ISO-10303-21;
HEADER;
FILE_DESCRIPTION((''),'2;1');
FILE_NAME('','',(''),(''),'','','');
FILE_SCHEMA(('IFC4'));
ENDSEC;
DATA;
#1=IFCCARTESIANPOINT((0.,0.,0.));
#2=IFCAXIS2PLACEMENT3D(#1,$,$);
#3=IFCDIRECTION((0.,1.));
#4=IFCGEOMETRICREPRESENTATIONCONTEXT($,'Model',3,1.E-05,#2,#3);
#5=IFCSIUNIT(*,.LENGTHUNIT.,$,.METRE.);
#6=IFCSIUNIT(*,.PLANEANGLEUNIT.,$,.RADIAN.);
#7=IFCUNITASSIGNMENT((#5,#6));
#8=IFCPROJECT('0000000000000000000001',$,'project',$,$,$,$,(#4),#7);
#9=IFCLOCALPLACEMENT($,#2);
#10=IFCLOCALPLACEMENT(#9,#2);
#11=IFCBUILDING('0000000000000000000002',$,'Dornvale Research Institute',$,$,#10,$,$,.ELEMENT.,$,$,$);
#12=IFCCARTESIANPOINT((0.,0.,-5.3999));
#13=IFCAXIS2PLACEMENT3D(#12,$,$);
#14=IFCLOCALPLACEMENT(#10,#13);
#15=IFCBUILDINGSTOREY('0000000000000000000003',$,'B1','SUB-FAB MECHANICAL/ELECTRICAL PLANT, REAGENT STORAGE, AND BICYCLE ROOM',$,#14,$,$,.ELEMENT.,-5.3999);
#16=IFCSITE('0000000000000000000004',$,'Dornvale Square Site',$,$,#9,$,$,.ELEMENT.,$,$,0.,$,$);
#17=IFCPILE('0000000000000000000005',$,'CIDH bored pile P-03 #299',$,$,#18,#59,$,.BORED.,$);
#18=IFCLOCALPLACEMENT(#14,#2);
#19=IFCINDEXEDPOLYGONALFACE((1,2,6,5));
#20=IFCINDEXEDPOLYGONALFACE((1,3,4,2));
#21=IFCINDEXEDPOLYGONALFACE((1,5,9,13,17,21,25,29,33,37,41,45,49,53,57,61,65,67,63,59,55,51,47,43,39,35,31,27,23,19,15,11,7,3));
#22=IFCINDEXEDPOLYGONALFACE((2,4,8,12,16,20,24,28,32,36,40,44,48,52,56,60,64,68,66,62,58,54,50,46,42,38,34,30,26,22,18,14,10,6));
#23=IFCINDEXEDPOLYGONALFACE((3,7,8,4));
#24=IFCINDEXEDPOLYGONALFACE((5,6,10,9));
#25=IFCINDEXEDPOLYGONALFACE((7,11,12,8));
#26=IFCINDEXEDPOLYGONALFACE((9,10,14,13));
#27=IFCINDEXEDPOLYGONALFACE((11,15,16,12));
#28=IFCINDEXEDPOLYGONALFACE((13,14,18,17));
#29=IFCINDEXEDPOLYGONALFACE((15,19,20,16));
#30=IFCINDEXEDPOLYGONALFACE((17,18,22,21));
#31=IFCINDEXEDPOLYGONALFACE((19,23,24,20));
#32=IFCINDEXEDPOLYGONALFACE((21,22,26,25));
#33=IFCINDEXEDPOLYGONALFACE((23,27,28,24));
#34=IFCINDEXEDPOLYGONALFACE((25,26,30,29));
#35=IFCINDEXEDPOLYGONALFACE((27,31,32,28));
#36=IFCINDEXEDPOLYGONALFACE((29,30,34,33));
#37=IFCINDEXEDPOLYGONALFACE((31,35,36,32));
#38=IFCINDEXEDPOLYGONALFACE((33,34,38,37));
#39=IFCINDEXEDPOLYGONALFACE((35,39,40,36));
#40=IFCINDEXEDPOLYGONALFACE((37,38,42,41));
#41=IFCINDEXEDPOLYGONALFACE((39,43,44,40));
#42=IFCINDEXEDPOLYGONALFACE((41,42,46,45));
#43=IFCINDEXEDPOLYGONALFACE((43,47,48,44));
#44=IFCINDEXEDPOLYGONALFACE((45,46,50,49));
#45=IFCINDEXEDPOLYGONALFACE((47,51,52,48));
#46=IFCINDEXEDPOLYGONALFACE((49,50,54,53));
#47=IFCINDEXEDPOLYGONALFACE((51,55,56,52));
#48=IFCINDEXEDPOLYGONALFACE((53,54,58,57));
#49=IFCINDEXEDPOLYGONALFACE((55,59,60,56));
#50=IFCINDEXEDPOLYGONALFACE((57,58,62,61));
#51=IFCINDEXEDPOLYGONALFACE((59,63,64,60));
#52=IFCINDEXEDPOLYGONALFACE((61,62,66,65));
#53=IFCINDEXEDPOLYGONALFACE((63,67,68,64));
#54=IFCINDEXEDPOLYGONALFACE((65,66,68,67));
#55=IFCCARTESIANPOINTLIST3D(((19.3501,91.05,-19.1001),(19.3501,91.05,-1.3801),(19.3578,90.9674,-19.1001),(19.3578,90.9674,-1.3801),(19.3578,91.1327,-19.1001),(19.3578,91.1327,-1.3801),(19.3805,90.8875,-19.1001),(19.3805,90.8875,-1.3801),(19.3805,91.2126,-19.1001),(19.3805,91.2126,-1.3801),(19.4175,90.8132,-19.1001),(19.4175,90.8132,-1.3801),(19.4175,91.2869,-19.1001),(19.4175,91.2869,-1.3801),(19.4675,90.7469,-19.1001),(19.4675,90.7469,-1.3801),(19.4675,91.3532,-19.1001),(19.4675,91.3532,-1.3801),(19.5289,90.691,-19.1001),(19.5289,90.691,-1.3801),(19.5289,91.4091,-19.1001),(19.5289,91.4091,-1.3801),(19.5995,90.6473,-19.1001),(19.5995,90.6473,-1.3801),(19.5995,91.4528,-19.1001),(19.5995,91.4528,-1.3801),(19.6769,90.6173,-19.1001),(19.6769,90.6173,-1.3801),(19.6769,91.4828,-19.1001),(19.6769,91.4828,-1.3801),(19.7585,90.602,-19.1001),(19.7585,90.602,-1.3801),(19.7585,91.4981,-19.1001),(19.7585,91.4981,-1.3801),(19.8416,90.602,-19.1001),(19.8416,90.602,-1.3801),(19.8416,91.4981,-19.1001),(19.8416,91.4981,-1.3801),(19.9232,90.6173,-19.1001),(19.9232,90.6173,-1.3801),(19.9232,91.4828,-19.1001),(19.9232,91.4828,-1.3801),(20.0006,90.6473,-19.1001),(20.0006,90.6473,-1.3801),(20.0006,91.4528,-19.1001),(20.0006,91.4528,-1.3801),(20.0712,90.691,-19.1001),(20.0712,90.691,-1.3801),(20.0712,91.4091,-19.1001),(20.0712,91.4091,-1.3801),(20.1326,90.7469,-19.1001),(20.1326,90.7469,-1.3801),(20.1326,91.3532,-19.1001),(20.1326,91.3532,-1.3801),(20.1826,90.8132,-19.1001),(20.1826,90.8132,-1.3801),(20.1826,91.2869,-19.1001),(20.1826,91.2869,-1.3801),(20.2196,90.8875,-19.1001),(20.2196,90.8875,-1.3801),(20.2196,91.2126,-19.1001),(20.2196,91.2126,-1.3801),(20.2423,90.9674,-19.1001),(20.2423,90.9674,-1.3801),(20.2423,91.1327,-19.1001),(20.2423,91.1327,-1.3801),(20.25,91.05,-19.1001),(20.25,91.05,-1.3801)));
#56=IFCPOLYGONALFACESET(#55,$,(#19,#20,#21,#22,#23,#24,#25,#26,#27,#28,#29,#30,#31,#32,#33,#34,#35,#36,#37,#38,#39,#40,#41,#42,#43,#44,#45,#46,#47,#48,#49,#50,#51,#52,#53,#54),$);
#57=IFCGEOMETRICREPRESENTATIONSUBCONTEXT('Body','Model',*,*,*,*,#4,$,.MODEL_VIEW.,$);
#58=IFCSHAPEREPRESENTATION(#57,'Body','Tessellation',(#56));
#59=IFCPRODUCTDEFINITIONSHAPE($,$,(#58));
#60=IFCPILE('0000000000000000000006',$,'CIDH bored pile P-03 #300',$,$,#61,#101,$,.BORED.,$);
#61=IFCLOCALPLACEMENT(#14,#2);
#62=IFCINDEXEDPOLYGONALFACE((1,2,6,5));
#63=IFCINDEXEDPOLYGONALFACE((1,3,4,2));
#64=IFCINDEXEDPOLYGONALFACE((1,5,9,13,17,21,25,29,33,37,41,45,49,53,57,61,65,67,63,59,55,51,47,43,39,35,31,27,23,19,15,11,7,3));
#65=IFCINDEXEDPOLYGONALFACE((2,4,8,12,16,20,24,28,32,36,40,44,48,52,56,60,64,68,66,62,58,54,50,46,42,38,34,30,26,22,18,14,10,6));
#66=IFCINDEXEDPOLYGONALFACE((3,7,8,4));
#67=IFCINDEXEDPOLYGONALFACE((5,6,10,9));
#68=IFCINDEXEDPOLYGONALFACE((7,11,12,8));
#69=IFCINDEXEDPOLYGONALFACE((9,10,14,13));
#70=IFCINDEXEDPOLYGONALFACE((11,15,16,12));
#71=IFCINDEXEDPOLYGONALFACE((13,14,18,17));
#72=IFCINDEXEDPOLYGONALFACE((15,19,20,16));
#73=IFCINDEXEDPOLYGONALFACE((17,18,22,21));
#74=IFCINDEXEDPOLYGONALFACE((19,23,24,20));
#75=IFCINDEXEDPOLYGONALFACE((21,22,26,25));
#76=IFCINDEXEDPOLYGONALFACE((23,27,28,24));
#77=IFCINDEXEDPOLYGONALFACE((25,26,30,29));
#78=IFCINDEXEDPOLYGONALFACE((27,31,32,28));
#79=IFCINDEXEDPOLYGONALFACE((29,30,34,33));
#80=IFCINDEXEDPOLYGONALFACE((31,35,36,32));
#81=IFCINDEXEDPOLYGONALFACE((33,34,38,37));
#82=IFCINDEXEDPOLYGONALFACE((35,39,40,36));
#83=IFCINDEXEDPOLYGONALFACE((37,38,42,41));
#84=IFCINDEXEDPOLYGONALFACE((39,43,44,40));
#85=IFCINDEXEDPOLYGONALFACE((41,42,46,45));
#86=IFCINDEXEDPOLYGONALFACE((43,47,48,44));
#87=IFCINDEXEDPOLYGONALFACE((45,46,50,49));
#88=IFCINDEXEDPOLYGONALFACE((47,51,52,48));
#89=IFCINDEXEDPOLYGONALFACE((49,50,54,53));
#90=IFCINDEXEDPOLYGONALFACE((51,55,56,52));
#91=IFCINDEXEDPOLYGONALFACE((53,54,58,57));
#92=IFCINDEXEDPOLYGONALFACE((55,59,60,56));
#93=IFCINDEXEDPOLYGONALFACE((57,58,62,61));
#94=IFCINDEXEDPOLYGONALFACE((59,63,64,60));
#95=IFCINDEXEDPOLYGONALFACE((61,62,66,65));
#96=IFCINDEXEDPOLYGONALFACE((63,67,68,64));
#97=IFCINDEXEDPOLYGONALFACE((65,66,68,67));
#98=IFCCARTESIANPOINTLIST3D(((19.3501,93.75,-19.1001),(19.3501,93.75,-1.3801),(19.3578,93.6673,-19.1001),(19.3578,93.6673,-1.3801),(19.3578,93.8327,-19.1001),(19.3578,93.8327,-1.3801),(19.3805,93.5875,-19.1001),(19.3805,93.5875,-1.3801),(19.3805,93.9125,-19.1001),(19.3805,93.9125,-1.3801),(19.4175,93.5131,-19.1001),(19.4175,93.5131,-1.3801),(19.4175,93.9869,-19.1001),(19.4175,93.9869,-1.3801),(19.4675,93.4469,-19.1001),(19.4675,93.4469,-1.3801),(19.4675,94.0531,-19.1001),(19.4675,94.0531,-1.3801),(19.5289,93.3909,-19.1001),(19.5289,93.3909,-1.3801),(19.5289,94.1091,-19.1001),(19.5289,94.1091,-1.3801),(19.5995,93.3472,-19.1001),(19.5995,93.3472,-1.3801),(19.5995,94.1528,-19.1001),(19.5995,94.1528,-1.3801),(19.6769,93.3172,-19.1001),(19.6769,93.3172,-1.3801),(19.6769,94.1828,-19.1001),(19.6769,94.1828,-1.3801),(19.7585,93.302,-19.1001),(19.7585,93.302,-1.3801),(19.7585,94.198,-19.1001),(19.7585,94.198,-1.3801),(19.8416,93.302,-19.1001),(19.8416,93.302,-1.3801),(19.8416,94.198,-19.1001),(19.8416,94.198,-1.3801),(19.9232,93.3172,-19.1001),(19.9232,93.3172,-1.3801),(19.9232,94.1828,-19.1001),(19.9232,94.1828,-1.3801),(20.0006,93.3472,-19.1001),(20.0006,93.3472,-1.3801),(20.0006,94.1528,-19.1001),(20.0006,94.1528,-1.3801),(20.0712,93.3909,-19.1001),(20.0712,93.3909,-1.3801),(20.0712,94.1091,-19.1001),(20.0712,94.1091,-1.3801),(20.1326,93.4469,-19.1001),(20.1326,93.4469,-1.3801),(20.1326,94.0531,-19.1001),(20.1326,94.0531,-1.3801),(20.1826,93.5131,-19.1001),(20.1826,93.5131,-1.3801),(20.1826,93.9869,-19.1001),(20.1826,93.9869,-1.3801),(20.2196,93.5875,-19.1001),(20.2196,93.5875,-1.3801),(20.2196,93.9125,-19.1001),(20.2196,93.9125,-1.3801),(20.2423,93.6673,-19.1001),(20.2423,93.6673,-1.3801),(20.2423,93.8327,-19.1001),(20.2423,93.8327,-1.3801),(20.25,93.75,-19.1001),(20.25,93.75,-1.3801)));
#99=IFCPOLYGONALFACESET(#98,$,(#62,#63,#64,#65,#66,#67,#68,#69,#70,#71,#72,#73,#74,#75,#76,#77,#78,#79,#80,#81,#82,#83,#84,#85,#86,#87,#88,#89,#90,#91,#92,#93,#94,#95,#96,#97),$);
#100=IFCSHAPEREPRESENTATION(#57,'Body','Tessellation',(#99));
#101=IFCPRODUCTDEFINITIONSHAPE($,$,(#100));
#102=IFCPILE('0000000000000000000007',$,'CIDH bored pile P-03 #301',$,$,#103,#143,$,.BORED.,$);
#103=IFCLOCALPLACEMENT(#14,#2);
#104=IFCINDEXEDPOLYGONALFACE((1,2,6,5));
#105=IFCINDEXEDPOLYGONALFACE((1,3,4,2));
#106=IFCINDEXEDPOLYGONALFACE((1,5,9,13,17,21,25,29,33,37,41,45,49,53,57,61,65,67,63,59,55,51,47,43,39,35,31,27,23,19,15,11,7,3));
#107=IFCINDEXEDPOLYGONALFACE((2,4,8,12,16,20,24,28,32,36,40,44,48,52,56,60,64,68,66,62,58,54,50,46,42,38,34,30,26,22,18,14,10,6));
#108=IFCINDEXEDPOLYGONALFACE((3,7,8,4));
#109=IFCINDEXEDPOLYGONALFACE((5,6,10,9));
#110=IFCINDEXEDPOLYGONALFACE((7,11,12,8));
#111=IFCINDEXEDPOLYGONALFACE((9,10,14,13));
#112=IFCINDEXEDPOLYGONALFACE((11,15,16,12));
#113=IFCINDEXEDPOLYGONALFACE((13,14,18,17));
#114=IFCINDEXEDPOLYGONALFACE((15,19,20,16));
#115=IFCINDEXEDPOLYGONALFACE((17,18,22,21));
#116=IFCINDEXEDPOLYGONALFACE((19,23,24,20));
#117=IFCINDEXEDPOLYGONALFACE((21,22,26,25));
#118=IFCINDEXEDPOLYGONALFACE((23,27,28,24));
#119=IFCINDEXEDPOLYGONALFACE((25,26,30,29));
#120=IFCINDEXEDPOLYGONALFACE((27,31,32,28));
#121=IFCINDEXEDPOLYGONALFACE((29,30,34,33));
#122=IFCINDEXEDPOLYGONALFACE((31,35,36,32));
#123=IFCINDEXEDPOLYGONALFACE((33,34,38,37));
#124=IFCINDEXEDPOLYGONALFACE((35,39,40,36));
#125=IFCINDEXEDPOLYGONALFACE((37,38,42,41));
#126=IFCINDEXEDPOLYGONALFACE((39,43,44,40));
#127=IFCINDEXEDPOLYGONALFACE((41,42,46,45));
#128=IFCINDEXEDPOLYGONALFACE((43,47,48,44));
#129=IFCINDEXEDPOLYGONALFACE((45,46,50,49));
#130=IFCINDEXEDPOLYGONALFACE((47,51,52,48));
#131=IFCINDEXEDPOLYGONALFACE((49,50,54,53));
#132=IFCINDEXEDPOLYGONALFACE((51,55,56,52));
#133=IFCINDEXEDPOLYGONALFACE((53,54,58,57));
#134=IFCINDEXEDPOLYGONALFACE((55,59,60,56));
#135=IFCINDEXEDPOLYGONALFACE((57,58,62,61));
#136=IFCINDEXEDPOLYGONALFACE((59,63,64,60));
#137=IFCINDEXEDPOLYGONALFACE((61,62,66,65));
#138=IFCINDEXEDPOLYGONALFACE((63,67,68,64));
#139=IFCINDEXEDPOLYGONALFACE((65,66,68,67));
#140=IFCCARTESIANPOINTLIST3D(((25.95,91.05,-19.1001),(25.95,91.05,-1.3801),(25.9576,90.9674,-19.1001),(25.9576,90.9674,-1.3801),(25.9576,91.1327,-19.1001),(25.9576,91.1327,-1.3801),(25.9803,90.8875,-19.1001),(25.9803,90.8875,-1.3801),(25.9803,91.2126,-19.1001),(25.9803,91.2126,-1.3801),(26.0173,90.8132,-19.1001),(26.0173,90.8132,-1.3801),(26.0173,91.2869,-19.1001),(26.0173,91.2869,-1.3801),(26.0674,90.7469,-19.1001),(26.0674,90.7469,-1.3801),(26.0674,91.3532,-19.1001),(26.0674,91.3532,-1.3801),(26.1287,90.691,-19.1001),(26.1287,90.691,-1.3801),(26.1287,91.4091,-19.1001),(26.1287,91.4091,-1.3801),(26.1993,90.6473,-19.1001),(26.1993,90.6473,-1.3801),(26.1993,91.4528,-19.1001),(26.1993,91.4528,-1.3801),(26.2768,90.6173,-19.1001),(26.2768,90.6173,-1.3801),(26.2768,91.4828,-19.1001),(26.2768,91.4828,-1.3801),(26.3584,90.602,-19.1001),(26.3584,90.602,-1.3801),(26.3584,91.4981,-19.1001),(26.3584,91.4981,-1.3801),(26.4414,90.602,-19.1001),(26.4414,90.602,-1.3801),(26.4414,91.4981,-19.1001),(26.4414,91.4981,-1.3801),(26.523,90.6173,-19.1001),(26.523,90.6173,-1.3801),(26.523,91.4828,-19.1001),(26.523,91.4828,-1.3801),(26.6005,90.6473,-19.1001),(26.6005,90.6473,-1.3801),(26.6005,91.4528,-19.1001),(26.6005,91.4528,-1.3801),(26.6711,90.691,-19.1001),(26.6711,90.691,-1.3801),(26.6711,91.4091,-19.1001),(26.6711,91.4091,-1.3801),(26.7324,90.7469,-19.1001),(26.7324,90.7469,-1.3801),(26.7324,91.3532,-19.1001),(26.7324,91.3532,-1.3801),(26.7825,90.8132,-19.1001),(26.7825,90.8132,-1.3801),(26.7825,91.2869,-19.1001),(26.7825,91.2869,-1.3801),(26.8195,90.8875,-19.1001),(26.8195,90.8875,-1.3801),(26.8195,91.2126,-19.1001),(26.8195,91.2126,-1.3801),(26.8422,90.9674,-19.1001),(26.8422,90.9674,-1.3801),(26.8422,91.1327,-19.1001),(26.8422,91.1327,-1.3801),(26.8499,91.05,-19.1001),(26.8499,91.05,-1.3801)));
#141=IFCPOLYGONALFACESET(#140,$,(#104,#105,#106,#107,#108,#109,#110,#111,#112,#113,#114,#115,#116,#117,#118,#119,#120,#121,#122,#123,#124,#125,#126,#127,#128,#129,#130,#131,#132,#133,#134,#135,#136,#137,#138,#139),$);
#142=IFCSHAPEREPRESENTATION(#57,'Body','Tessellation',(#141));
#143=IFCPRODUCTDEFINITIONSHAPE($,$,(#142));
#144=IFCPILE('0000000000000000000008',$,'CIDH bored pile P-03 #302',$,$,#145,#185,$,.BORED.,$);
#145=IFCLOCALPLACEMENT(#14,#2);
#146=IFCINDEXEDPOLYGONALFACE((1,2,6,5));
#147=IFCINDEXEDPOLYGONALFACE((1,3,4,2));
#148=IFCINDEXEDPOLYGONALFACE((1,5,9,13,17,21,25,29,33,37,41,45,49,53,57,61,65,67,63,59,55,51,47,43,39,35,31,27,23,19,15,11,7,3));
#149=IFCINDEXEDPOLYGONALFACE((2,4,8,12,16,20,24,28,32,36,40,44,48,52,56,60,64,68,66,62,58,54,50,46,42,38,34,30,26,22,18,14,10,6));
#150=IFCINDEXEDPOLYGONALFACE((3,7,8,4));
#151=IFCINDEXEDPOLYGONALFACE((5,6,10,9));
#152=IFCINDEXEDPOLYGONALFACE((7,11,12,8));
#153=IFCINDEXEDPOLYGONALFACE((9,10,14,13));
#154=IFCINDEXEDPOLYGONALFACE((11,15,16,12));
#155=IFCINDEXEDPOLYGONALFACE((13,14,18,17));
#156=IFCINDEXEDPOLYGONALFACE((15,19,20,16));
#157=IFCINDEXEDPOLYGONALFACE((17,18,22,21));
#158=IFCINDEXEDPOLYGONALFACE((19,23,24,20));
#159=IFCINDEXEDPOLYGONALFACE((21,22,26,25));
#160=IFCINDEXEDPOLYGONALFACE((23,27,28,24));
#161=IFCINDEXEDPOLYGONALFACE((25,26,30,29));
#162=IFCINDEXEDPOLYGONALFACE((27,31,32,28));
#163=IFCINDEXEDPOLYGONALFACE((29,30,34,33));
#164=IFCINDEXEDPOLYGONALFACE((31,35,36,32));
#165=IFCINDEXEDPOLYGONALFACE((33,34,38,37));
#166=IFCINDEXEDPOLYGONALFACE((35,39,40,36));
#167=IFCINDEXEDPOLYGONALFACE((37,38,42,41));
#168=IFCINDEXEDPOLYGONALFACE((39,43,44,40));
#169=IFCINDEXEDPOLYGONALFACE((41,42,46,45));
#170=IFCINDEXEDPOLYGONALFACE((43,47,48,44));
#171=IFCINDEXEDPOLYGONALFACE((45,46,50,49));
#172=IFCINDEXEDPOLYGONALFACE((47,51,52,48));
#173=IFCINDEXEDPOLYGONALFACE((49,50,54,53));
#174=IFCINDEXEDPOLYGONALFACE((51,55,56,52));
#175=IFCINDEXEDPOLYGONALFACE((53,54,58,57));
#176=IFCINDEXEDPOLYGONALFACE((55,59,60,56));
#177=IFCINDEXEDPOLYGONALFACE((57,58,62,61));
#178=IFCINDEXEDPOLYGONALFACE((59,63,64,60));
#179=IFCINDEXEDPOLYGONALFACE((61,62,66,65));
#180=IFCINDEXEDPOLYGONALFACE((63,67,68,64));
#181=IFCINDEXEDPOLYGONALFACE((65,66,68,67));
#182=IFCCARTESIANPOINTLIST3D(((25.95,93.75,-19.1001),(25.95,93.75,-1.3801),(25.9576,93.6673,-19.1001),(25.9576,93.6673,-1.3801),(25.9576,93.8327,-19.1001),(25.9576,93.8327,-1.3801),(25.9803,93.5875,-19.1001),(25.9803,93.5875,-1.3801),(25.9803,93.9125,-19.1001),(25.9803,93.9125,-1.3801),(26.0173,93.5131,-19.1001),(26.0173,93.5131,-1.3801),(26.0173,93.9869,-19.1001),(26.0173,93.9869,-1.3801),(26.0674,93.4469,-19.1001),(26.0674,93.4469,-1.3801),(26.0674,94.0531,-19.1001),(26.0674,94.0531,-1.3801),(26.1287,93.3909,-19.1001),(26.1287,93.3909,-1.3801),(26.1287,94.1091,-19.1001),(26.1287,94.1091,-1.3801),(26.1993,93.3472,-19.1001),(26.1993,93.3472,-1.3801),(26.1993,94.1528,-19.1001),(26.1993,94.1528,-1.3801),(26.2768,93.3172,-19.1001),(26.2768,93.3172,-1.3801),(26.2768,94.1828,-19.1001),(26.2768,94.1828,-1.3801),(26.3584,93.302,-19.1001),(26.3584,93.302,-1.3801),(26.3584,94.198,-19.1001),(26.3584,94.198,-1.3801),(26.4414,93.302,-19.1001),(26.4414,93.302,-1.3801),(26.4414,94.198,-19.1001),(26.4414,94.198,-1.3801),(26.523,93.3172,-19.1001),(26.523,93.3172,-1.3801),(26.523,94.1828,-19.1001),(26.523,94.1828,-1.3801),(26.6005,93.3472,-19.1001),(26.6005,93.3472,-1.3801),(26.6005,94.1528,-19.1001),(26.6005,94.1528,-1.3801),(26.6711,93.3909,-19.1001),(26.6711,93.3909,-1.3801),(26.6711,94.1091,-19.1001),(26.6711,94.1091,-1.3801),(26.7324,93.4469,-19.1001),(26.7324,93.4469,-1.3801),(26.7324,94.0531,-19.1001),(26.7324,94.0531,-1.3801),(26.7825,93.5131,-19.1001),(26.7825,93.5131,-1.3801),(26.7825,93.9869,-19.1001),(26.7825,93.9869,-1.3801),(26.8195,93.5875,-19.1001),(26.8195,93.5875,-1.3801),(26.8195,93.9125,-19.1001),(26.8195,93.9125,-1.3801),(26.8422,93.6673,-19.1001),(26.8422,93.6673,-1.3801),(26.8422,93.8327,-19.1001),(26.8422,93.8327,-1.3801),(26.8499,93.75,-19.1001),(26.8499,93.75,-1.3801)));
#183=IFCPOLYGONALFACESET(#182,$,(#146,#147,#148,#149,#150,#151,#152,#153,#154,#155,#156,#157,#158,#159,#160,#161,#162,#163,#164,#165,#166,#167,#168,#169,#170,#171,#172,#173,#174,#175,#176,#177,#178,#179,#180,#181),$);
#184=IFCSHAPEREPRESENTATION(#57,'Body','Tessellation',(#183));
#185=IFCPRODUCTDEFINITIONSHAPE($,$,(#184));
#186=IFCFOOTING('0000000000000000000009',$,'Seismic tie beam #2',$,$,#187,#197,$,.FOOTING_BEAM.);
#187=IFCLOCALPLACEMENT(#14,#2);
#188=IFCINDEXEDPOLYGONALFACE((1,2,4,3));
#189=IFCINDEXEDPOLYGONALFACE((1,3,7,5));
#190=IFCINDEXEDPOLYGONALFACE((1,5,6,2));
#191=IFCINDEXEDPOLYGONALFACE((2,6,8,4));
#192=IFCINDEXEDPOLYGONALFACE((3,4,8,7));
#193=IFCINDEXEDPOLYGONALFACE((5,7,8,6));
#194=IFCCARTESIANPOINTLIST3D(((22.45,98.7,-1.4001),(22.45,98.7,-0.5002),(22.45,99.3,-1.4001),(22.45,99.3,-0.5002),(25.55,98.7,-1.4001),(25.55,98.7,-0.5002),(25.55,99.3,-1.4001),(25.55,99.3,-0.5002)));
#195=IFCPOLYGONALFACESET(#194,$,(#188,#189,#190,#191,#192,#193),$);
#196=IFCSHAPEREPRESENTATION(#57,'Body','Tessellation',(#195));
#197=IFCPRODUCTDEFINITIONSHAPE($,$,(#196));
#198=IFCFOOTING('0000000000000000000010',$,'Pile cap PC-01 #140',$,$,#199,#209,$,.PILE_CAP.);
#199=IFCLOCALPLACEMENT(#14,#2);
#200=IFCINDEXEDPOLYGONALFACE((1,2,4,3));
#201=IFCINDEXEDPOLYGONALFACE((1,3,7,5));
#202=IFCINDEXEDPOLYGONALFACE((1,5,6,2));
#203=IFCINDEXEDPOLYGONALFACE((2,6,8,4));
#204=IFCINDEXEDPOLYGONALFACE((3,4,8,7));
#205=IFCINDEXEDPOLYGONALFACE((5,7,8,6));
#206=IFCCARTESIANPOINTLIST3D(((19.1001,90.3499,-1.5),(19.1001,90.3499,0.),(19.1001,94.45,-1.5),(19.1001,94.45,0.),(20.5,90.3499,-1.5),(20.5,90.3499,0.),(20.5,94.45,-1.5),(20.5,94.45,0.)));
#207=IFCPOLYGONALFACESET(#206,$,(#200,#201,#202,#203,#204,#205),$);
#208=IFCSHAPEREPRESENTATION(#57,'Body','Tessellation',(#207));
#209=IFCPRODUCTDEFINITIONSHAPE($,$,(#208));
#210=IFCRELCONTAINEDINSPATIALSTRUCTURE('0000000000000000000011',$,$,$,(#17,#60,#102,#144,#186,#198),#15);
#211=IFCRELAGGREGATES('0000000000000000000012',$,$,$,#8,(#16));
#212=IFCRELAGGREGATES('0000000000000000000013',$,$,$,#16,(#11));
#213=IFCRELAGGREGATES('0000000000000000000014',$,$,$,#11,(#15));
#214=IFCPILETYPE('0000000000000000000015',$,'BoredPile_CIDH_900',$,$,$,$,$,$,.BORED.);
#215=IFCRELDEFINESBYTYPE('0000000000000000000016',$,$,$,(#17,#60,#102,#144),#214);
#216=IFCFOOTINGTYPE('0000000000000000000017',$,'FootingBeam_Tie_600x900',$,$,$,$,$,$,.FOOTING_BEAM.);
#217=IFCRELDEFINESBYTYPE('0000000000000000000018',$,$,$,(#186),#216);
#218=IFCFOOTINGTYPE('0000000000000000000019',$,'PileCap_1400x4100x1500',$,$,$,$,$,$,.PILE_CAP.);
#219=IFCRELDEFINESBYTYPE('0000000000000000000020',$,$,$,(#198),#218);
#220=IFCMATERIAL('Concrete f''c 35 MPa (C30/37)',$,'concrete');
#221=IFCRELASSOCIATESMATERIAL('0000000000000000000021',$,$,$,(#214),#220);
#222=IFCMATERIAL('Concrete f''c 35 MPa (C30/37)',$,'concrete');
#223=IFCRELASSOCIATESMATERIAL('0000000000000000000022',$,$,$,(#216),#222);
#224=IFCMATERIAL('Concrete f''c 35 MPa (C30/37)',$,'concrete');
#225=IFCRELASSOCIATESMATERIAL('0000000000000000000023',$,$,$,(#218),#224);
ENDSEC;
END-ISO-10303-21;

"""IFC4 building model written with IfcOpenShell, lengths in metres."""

from ifc_helpers import new_model, si_unit, direction, frame, origin, origin_2d, place, context, subcontext, project, spatial, rectangle, circle, extrude, material, material_profile, profile_set, type_object, element, save


model = new_model("IFC4")

# Units and contexts
model_context = context("Model", 3, precision=1e-05, world=origin(), true_north=direction((0.0, 1.0)))
body_context = subcontext(model_context, "Body", "Model", "MODEL_VIEW")
ifc_project = project(units=[si_unit("LENGTHUNIT", "METRE"), si_unit("PLANEANGLEUNIT", "RADIAN")], contexts=[model_context])

# Site, building, storey
site_placement = place(None, origin())
site = spatial("IfcSite", under=ifc_project, at=site_placement, Name="Dornvale Square Site", CompositionType="ELEMENT", RefElevation=0.0)
building_placement = place(site_placement, origin())
building = spatial("IfcBuilding", under=site, at=building_placement, Name="Dornvale Research Institute", CompositionType="ELEMENT")
storey_placement = place(building_placement, frame((0.0, 0.0, -5.3999)))
storey = spatial("IfcBuildingStorey", under=building, at=storey_placement, Name="B1", Description="SUB-FAB MECHANICAL/ELECTRICAL PLANT, REAGENT STORAGE, AND BICYCLE ROOM", CompositionType="ELEMENT", Elevation=-5.3999)

# Piles
ifc_material_1 = material(Name="Concrete f'c 35 MPa (C30/37)", Category="concrete")
ifc_material_profile_1 = material_profile(ifc_material_1, circle(Radius=0.45, at=origin_2d()), Name="CIDH PILE D900")
ifc_profile_set_1 = profile_set([ifc_material_profile_1], Name="Concrete f'c 35 MPa (C30/37)")
pile_type_1 = type_object("IfcPileType", Name="BoredPile_CIDH_900", PredefinedType="BORED", material=ifc_profile_set_1)
for number, where, z_axis, x_axis, name in (
    (1, (19.8, 91.05, -1.3801), (0.0, 0.0, -1.0), (1.0, 0.0, 0.0), "CIDH bored pile P-03 #299"),
    (2, (19.8, 93.75, -1.3801), (0.0, 0.0, -1.0), (1.0, 0.0, 0.0), "CIDH bored pile P-03 #300"),
    (3, (26.3999, 91.05, -1.3801), (0.0, 0.0, -1.0), (1.0, 0.0, 0.0), "CIDH bored pile P-03 #301"),
    (4, (26.3999, 93.75, -1.3801), (0.0, 0.0, -1.0), (1.0, 0.0, 0.0), "CIDH bored pile P-03 #302"),
):
    element("IfcPile", number, at=place(storey_placement, frame(where, z_axis=z_axis, x_axis=x_axis)), inside=storey, type_object=pile_type_1, Name=name, PredefinedType="BORED", context=body_context, shape_type="SweptSolid", body=[
        extrude(circle(Radius=0.45, at=origin_2d()), origin(), (0.0, 0.0, 1.0), 17.72),
    ])

# Footings
ifc_material_2 = material(Name="Concrete f'c 35 MPa (C30/37)", Category="concrete")
footing_type_1 = type_object("IfcFootingType", Name="FootingBeam_Tie_600x900", PredefinedType="FOOTING_BEAM", material=ifc_material_2)
footing_1_placement = place(storey_placement, frame((24.0, 99.0, -1.4001), z_axis=(0.0, 0.0, 1.0), x_axis=(1.0, 0.0, 0.0)))
element("IfcFooting", 5, at=footing_1_placement, inside=storey, type_object=footing_type_1, Name="Seismic tie beam #2", PredefinedType="FOOTING_BEAM", context=body_context, shape_type="SweptSolid", body=[
    extrude(rectangle(XDim=3.1001, YDim=0.6001, at=origin_2d()), origin(), (0.0, 0.0, 1.0), 0.8999),
])
ifc_material_3 = material(Name="Concrete f'c 35 MPa (C30/37)", Category="concrete")
footing_type_2 = type_object("IfcFootingType", Name="PileCap_1400x4100x1500", PredefinedType="PILE_CAP", material=ifc_material_3)
for number, where, z_axis, x_axis, name in (
    (6, (19.8, 92.3999, -1.5), (0.0, 0.0, 1.0), (1.0, 0.0, 0.0), "Pile cap PC-01 #140"),
):
    element("IfcFooting", number, at=place(storey_placement, frame(where, z_axis=z_axis, x_axis=x_axis)), inside=storey, type_object=footing_type_2, Name=name, PredefinedType="PILE_CAP", context=body_context, shape_type="SweptSolid", body=[
        extrude(rectangle(XDim=1.3999, YDim=4.1001, at=origin_2d()), origin(), (0.0, 0.0, 1.0), 1.5),
    ])

save(model, "model.ifc")
